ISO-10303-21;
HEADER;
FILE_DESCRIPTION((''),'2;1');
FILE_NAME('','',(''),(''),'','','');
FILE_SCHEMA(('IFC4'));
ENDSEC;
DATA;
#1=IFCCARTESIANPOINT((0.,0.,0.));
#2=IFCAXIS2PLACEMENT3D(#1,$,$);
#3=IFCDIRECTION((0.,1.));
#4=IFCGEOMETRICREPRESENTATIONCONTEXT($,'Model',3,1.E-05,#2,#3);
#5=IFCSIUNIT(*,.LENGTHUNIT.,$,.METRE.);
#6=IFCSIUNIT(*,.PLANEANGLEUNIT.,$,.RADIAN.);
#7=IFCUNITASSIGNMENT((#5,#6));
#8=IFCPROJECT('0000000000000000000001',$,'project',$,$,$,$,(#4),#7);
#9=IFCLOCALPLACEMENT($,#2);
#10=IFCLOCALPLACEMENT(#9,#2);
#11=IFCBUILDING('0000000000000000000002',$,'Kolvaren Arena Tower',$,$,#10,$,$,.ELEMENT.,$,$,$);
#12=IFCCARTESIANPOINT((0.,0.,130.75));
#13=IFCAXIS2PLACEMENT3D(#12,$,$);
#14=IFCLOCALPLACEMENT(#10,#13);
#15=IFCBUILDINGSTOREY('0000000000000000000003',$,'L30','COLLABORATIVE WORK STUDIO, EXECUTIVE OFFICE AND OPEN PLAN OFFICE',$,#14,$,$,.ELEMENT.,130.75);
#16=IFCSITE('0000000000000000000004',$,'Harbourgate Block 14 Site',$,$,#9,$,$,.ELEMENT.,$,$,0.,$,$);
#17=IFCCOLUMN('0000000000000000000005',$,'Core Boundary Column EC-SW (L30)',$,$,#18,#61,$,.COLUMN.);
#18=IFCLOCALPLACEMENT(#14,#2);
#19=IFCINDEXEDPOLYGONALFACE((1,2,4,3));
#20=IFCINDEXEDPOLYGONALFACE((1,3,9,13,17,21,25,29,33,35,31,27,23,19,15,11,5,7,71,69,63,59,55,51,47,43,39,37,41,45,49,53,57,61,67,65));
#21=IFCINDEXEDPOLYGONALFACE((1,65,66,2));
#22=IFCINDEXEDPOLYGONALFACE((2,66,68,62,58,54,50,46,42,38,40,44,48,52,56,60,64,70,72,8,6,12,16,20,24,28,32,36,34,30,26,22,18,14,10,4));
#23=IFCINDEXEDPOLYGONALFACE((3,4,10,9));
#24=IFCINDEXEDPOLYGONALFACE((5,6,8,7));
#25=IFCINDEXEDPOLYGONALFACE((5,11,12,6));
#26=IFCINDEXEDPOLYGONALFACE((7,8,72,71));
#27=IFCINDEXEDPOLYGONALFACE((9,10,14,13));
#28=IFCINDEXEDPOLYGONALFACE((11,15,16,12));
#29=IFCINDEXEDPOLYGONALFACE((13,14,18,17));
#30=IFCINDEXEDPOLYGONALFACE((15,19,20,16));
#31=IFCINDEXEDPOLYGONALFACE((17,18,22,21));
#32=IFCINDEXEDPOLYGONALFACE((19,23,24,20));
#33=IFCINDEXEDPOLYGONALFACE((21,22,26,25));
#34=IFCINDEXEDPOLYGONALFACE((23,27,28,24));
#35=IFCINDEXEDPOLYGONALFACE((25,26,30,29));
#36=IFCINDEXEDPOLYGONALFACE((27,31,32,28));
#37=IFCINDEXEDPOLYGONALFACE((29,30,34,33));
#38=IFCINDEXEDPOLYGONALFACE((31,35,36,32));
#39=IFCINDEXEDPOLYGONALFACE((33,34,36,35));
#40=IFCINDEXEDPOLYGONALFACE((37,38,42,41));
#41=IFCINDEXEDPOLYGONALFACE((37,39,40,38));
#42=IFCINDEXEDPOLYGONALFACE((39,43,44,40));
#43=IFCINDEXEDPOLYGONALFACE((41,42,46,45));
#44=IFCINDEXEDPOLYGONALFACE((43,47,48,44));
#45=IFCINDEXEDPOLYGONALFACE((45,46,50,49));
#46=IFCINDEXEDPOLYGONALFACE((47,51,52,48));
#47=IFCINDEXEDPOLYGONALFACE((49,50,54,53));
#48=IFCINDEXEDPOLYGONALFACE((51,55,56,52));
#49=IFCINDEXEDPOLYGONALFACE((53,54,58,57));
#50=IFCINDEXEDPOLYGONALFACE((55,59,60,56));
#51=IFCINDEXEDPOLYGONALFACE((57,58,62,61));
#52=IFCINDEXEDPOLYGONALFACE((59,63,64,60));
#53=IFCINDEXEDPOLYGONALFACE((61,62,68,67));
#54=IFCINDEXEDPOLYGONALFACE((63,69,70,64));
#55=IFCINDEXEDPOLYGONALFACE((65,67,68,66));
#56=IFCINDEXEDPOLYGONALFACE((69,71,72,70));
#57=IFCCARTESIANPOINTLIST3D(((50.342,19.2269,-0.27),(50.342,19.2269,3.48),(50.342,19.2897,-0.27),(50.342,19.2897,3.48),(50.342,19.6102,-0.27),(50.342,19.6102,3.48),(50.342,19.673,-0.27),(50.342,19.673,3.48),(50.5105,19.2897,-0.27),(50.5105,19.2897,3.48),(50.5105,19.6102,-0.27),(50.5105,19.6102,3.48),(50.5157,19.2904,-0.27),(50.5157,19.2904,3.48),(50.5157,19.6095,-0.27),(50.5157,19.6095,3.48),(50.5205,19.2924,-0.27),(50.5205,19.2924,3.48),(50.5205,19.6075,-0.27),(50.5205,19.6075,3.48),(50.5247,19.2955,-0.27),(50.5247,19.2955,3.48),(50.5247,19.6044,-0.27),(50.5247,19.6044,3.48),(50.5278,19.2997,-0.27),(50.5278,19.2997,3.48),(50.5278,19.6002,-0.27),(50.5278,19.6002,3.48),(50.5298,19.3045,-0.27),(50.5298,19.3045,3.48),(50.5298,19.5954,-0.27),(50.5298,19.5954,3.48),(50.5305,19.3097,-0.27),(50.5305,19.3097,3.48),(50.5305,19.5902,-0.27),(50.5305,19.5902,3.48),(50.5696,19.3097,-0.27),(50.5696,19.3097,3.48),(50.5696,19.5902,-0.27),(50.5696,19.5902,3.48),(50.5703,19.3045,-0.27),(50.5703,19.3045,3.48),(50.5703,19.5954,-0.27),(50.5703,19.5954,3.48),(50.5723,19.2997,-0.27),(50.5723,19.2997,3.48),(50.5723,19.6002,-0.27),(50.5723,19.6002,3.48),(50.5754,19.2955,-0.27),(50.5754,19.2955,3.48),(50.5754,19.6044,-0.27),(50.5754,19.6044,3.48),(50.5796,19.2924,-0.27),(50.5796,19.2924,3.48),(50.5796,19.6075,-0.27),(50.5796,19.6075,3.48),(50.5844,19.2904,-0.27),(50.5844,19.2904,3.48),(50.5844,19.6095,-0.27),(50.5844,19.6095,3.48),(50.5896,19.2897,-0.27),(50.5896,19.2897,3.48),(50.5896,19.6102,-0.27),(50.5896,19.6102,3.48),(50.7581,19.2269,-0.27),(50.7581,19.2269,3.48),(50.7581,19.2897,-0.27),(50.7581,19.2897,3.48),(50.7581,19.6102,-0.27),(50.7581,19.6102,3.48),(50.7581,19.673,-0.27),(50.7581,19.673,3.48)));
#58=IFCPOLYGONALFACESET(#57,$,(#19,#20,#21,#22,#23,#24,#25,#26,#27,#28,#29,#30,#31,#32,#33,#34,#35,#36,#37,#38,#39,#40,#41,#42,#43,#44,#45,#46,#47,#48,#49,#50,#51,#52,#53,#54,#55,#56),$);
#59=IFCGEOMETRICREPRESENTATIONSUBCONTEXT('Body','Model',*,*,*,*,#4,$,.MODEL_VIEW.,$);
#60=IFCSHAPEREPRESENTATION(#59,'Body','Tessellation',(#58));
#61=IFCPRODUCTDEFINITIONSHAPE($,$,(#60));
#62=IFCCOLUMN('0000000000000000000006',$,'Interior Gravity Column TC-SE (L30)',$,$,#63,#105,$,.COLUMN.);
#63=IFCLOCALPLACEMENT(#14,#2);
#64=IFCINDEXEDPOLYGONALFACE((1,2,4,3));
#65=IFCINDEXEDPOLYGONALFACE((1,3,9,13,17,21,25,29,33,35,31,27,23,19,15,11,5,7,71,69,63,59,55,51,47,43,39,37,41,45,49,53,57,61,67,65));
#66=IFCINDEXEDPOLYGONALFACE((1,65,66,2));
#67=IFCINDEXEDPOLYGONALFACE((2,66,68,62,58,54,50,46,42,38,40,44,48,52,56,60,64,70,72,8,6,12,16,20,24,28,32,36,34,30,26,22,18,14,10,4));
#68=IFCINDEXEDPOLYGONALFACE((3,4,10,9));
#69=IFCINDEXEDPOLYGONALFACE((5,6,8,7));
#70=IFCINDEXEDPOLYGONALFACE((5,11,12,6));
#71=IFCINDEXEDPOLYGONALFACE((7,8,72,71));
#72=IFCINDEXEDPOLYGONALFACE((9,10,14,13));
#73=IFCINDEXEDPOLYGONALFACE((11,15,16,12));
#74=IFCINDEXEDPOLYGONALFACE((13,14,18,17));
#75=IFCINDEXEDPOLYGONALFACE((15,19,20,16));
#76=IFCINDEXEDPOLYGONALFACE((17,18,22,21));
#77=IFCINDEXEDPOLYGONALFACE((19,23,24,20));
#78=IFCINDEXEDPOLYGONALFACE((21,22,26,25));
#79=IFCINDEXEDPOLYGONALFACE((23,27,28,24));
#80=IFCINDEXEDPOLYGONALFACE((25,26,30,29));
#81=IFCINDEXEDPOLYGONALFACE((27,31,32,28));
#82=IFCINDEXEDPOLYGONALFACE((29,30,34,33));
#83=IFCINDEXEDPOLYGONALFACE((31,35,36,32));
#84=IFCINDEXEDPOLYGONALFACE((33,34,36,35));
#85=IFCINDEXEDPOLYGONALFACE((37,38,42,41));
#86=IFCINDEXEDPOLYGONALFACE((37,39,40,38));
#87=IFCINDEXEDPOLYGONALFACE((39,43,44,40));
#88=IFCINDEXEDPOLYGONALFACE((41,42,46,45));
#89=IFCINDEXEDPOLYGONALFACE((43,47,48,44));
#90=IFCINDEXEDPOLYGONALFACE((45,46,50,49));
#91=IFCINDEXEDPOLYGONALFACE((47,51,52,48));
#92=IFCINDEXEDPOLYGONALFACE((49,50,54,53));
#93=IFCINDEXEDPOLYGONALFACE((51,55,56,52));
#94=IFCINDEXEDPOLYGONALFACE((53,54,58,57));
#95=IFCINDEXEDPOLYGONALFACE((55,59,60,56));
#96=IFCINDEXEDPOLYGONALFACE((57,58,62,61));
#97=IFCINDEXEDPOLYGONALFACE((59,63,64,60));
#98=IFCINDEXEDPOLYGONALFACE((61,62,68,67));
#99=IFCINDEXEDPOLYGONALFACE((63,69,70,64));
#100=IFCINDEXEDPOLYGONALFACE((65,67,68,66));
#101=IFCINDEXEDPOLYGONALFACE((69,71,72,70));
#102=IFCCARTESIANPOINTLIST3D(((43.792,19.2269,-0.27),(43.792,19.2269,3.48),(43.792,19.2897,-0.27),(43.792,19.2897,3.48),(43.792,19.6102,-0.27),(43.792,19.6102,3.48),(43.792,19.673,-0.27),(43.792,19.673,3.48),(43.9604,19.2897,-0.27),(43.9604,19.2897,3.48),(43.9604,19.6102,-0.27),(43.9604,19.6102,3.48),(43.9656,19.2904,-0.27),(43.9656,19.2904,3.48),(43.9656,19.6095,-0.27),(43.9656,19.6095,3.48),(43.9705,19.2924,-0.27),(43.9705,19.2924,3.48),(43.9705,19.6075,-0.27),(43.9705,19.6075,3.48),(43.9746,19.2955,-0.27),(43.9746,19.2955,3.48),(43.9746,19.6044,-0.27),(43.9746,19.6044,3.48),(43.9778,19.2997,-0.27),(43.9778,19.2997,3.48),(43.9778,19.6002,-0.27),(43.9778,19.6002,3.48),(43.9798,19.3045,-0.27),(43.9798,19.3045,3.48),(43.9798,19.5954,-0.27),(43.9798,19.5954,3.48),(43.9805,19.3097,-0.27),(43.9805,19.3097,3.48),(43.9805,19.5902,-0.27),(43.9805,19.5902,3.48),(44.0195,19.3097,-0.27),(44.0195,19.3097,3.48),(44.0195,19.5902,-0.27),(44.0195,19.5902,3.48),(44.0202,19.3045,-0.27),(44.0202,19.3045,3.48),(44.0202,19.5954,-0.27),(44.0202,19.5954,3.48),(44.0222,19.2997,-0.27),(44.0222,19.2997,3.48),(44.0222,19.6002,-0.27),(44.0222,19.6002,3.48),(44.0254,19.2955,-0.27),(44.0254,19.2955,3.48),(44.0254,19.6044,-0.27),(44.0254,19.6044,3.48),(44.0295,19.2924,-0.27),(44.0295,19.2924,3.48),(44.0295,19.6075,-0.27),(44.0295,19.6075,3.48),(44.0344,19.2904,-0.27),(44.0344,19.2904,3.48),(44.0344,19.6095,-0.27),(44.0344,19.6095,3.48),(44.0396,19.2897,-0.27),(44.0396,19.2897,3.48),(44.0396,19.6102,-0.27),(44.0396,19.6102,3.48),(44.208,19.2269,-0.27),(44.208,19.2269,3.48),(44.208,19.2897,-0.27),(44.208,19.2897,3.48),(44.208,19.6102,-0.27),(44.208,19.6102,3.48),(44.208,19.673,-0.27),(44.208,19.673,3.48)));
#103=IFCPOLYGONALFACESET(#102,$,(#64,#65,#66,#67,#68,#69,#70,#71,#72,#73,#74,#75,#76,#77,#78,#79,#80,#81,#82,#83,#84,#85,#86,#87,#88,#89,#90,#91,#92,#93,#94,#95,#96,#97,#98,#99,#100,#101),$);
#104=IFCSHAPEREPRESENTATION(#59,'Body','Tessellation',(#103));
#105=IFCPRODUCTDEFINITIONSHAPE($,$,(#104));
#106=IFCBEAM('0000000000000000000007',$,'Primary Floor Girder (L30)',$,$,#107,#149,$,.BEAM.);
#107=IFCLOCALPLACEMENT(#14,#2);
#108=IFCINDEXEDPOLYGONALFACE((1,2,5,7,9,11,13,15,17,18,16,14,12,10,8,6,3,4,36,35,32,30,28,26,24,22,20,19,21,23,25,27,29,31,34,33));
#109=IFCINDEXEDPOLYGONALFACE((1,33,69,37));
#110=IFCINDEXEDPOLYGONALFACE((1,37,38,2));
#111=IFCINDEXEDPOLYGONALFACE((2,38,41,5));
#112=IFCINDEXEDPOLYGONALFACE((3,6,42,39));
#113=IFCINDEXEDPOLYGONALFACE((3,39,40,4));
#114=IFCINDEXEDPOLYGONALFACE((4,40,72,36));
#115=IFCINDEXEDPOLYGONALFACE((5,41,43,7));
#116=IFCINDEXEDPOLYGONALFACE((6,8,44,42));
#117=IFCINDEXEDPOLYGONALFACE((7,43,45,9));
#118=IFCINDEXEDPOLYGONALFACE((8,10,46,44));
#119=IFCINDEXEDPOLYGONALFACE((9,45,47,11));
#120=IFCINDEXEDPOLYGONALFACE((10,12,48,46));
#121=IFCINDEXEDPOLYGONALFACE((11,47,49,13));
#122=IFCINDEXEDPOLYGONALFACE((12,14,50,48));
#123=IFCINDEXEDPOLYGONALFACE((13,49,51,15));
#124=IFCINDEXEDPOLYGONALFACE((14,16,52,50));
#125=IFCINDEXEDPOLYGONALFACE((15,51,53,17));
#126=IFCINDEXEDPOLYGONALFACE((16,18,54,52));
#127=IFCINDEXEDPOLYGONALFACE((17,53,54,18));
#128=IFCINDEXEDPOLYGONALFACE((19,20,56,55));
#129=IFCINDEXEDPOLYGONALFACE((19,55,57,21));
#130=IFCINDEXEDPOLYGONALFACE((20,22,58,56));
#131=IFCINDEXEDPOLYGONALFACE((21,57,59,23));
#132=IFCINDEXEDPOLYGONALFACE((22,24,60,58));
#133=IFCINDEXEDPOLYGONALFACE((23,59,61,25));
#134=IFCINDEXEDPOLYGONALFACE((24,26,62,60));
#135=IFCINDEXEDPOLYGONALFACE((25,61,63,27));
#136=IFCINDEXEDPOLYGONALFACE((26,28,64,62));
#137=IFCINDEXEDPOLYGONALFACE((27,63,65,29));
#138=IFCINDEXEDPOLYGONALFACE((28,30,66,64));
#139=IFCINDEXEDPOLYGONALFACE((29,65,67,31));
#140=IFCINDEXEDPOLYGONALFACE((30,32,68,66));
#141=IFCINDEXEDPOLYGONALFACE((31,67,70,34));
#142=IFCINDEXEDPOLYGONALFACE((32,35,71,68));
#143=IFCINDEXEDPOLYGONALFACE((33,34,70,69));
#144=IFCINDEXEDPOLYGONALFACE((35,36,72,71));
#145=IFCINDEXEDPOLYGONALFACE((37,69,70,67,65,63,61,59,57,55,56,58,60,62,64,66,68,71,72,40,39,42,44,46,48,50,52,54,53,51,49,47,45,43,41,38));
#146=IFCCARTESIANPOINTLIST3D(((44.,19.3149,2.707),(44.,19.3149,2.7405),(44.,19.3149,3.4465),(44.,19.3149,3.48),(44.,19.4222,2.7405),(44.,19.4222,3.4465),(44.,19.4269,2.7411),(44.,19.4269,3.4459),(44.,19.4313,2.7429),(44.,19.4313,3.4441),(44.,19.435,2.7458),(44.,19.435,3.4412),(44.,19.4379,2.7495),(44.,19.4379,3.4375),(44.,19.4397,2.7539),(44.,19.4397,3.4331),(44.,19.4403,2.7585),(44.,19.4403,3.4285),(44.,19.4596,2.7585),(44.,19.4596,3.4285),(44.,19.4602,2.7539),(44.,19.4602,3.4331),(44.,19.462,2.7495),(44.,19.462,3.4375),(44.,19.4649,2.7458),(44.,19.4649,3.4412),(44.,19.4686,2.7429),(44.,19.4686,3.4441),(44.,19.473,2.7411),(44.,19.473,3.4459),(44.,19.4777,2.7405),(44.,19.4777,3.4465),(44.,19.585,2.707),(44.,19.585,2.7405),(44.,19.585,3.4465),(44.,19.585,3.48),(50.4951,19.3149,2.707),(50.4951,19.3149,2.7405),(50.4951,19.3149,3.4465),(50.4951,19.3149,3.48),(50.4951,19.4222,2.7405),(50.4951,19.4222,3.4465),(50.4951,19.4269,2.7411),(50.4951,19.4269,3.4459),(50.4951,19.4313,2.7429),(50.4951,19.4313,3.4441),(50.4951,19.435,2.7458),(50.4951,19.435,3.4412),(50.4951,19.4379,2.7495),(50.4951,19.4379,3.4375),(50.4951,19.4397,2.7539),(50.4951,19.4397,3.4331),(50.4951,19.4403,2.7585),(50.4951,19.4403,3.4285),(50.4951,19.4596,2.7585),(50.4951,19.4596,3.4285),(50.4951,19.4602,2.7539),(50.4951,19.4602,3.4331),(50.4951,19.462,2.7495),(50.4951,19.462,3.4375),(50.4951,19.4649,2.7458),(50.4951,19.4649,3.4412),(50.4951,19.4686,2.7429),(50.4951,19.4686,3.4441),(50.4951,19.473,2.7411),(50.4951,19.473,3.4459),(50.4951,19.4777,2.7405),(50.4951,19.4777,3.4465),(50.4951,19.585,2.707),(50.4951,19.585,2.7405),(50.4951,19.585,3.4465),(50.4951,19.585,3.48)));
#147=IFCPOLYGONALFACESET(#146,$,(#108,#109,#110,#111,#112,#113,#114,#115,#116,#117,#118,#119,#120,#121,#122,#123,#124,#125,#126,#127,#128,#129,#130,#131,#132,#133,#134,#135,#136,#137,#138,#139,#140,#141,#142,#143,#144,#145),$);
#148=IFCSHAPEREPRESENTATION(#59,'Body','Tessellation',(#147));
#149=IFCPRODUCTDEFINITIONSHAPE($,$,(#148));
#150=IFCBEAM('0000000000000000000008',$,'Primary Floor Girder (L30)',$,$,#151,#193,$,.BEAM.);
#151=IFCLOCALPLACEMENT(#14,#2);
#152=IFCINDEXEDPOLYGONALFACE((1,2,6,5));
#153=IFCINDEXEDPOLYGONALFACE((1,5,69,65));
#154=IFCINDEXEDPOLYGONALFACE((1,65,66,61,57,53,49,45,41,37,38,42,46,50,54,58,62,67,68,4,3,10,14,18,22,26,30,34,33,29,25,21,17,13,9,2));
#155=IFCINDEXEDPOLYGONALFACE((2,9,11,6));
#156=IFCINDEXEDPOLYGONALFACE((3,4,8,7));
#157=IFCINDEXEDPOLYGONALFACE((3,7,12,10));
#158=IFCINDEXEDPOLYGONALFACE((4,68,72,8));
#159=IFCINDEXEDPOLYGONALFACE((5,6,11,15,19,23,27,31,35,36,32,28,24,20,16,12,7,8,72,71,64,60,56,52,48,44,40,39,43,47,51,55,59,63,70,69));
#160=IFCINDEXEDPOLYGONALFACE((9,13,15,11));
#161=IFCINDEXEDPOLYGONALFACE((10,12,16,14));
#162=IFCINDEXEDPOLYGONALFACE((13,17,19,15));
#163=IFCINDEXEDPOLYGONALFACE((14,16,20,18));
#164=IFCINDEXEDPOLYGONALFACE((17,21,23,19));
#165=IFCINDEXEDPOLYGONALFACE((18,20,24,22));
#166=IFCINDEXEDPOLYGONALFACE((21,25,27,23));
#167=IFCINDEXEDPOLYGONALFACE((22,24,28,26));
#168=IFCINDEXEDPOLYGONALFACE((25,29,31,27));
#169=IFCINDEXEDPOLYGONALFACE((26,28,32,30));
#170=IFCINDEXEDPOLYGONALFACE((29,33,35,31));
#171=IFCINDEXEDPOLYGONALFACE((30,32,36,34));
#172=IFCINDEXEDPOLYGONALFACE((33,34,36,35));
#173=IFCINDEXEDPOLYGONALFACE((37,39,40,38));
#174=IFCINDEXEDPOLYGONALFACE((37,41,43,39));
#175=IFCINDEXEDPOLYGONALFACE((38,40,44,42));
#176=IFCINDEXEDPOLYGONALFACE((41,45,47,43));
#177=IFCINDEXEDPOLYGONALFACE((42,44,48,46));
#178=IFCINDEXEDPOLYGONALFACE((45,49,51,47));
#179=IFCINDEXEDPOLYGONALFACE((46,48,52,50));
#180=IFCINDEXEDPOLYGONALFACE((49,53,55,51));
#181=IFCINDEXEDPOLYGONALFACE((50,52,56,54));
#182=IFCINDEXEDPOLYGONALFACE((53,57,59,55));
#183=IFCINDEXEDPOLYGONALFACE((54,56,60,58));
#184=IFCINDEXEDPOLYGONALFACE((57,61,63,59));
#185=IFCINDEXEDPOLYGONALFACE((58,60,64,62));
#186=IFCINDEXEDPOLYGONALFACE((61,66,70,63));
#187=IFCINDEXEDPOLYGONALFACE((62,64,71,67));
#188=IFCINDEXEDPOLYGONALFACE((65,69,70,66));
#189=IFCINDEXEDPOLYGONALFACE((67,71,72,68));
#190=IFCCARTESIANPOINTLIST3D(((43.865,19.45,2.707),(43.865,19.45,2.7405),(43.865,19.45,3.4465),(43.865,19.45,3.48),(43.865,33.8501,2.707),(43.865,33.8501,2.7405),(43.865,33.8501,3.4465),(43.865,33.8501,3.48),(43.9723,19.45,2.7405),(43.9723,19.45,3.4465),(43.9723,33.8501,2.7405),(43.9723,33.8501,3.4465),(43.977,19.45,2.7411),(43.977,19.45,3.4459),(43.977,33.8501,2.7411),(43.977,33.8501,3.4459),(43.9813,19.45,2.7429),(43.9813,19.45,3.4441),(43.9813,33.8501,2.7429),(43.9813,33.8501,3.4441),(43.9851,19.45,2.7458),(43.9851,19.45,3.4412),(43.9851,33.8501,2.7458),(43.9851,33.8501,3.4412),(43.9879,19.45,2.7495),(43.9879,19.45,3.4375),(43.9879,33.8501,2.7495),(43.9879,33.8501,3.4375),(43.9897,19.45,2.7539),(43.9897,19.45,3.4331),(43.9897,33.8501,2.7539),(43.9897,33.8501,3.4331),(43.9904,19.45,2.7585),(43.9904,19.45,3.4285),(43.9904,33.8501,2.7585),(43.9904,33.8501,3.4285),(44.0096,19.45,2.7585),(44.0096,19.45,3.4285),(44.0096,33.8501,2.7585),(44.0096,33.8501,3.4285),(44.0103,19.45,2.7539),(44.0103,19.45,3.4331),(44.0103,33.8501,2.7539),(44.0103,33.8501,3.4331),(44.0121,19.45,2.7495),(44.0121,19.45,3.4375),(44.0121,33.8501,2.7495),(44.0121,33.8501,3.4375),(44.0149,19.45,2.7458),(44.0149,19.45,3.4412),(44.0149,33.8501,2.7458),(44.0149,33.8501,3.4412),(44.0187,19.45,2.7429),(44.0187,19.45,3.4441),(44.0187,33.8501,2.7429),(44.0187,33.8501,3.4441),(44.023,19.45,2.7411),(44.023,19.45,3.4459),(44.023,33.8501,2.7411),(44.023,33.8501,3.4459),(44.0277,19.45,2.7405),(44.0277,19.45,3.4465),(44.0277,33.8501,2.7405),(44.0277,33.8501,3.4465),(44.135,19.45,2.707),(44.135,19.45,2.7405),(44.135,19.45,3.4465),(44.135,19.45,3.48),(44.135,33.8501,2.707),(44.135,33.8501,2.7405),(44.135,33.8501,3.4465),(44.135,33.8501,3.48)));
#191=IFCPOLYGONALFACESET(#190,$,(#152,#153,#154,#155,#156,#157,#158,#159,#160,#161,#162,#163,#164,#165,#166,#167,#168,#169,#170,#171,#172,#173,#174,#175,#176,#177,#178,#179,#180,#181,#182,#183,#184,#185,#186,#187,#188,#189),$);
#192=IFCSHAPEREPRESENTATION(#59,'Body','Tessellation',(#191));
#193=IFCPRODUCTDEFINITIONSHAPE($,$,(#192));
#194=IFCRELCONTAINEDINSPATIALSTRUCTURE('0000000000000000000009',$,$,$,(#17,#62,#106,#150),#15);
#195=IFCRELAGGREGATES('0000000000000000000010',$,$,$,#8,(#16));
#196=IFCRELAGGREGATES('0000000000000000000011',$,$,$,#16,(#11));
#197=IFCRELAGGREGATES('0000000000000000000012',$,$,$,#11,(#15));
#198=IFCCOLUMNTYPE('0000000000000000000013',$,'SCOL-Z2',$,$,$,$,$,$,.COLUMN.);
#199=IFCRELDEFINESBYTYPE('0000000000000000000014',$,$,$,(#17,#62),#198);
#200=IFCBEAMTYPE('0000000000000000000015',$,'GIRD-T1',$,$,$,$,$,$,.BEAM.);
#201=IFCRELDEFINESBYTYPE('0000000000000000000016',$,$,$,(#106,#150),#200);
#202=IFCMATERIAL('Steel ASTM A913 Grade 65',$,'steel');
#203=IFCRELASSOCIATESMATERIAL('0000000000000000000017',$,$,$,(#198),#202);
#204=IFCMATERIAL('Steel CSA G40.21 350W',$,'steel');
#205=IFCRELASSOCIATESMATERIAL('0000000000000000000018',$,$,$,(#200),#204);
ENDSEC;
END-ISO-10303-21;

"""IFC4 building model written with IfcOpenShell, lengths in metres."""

from ifc_helpers import new_model, si_unit, direction, frame, origin, origin_2d, place, context, subcontext, project, spatial, i_section, extrude, material, material_profile, profile_set, type_object, element, save


model = new_model("IFC4")

# Units and contexts
model_context = context("Model", 3, precision=1e-05, world=origin(), true_north=direction((0.0, 1.0)))
body_context = subcontext(model_context, "Body", "Model", "MODEL_VIEW")
ifc_project = project(units=[si_unit("LENGTHUNIT", "METRE"), si_unit("PLANEANGLEUNIT", "RADIAN")], contexts=[model_context])

# Site, building, storey
site_placement = place(None, origin())
site = spatial("IfcSite", under=ifc_project, at=site_placement, Name="Harbourgate Block 14 Site", CompositionType="ELEMENT", RefElevation=0.0)
building_placement = place(site_placement, origin())
building = spatial("IfcBuilding", under=site, at=building_placement, Name="Kolvaren Arena Tower", CompositionType="ELEMENT")
storey_placement = place(building_placement, frame((0.0, 0.0, 130.75)))
storey = spatial("IfcBuildingStorey", under=building, at=storey_placement, Name="L30", Description="COLLABORATIVE WORK STUDIO, EXECUTIVE OFFICE AND OPEN PLAN OFFICE", CompositionType="ELEMENT", Elevation=130.75)

# Columns
ifc_material_1 = material(Name="Steel ASTM A913 Grade 65", Category="steel")
ifc_material_profile_1 = material_profile(ifc_material_1, i_section(OverallWidth=0.416, OverallDepth=0.446, WebThickness=0.0391, FlangeThickness=0.0627, FilletRadius=0.02, at=origin_2d()), Name="W360x509")
ifc_profile_set_1 = profile_set([ifc_material_profile_1], Name="Steel ASTM A913 Grade 65")
column_type = type_object("IfcColumnType", Name="SCOL-Z2", PredefinedType="COLUMN", material=ifc_profile_set_1)
for number, where, z_axis, x_axis, name in (
    (1, (50.55, 19.45, -0.27), (0.0, 0.0, 1.0), (1.0, 0.0, 0.0), "Core Boundary Column EC-SW (L30)"),
    (2, (44.0, 19.45, -0.27), (0.0, 0.0, 1.0), (1.0, 0.0, 0.0), "Interior Gravity Column TC-SE (L30)"),
):
    element("IfcColumn", number, at=place(storey_placement, frame(where, z_axis=z_axis, x_axis=x_axis)), inside=storey, type_object=column_type, Name=name, PredefinedType="COLUMN", context=body_context, shape_type="SweptSolid", body=[
        extrude(i_section(OverallWidth=0.416, OverallDepth=0.446, WebThickness=0.0391, FlangeThickness=0.0627, FilletRadius=0.02, at=origin_2d()), origin(), (0.0, 0.0, 1.0), 3.75),
    ])

# Beams
ifc_material_2 = material(Name="Steel CSA G40.21 350W", Category="steel")
ifc_material_profile_2 = material_profile(ifc_material_2, i_section(OverallWidth=0.27, OverallDepth=0.7729, WebThickness=0.0193, FlangeThickness=0.0334, FilletRadius=0.0181, at=origin_2d()), Name="W760x257")
ifc_profile_set_2 = profile_set([ifc_material_profile_2], Name="Steel CSA G40.21 350W")
beam_type_1 = type_object("IfcBeamType", Name="GIRD-T1", PredefinedType="BEAM", material=ifc_profile_set_2)
beam_1_placement = place(storey_placement, frame((44.0, 19.45, 3.0935), z_axis=(1.0, 0.0, 0.0), x_axis=(0.0, 1.0, 0.0)))
element("IfcBeam", 3, at=beam_1_placement, inside=storey, type_object=beam_type_1, Name="Primary Floor Girder (L30)", PredefinedType="BEAM", context=body_context, shape_type="SweptSolid", body=[
    extrude(i_section(OverallWidth=0.27, OverallDepth=0.7729, WebThickness=0.0193, FlangeThickness=0.0334, FilletRadius=0.0181, at=origin_2d()), origin(), (0.0, 0.0, 1.0), 6.4951),
])
beam_2_placement = place(storey_placement, frame((44.0, 19.45, 3.0935), z_axis=(0.0, 1.0, 0.0), x_axis=(-1.0, 0.0, 0.0)))
element("IfcBeam", 4, at=beam_2_placement, inside=storey, type_object=beam_type_1, Name="Primary Floor Girder (L30)", PredefinedType="BEAM", context=body_context, shape_type="SweptSolid", body=[
    extrude(i_section(OverallWidth=0.27, OverallDepth=0.7729, WebThickness=0.0193, FlangeThickness=0.0334, FilletRadius=0.0181, at=origin_2d()), origin(), (0.0, 0.0, 1.0), 14.4001),
])

save(model, "model.ifc")
